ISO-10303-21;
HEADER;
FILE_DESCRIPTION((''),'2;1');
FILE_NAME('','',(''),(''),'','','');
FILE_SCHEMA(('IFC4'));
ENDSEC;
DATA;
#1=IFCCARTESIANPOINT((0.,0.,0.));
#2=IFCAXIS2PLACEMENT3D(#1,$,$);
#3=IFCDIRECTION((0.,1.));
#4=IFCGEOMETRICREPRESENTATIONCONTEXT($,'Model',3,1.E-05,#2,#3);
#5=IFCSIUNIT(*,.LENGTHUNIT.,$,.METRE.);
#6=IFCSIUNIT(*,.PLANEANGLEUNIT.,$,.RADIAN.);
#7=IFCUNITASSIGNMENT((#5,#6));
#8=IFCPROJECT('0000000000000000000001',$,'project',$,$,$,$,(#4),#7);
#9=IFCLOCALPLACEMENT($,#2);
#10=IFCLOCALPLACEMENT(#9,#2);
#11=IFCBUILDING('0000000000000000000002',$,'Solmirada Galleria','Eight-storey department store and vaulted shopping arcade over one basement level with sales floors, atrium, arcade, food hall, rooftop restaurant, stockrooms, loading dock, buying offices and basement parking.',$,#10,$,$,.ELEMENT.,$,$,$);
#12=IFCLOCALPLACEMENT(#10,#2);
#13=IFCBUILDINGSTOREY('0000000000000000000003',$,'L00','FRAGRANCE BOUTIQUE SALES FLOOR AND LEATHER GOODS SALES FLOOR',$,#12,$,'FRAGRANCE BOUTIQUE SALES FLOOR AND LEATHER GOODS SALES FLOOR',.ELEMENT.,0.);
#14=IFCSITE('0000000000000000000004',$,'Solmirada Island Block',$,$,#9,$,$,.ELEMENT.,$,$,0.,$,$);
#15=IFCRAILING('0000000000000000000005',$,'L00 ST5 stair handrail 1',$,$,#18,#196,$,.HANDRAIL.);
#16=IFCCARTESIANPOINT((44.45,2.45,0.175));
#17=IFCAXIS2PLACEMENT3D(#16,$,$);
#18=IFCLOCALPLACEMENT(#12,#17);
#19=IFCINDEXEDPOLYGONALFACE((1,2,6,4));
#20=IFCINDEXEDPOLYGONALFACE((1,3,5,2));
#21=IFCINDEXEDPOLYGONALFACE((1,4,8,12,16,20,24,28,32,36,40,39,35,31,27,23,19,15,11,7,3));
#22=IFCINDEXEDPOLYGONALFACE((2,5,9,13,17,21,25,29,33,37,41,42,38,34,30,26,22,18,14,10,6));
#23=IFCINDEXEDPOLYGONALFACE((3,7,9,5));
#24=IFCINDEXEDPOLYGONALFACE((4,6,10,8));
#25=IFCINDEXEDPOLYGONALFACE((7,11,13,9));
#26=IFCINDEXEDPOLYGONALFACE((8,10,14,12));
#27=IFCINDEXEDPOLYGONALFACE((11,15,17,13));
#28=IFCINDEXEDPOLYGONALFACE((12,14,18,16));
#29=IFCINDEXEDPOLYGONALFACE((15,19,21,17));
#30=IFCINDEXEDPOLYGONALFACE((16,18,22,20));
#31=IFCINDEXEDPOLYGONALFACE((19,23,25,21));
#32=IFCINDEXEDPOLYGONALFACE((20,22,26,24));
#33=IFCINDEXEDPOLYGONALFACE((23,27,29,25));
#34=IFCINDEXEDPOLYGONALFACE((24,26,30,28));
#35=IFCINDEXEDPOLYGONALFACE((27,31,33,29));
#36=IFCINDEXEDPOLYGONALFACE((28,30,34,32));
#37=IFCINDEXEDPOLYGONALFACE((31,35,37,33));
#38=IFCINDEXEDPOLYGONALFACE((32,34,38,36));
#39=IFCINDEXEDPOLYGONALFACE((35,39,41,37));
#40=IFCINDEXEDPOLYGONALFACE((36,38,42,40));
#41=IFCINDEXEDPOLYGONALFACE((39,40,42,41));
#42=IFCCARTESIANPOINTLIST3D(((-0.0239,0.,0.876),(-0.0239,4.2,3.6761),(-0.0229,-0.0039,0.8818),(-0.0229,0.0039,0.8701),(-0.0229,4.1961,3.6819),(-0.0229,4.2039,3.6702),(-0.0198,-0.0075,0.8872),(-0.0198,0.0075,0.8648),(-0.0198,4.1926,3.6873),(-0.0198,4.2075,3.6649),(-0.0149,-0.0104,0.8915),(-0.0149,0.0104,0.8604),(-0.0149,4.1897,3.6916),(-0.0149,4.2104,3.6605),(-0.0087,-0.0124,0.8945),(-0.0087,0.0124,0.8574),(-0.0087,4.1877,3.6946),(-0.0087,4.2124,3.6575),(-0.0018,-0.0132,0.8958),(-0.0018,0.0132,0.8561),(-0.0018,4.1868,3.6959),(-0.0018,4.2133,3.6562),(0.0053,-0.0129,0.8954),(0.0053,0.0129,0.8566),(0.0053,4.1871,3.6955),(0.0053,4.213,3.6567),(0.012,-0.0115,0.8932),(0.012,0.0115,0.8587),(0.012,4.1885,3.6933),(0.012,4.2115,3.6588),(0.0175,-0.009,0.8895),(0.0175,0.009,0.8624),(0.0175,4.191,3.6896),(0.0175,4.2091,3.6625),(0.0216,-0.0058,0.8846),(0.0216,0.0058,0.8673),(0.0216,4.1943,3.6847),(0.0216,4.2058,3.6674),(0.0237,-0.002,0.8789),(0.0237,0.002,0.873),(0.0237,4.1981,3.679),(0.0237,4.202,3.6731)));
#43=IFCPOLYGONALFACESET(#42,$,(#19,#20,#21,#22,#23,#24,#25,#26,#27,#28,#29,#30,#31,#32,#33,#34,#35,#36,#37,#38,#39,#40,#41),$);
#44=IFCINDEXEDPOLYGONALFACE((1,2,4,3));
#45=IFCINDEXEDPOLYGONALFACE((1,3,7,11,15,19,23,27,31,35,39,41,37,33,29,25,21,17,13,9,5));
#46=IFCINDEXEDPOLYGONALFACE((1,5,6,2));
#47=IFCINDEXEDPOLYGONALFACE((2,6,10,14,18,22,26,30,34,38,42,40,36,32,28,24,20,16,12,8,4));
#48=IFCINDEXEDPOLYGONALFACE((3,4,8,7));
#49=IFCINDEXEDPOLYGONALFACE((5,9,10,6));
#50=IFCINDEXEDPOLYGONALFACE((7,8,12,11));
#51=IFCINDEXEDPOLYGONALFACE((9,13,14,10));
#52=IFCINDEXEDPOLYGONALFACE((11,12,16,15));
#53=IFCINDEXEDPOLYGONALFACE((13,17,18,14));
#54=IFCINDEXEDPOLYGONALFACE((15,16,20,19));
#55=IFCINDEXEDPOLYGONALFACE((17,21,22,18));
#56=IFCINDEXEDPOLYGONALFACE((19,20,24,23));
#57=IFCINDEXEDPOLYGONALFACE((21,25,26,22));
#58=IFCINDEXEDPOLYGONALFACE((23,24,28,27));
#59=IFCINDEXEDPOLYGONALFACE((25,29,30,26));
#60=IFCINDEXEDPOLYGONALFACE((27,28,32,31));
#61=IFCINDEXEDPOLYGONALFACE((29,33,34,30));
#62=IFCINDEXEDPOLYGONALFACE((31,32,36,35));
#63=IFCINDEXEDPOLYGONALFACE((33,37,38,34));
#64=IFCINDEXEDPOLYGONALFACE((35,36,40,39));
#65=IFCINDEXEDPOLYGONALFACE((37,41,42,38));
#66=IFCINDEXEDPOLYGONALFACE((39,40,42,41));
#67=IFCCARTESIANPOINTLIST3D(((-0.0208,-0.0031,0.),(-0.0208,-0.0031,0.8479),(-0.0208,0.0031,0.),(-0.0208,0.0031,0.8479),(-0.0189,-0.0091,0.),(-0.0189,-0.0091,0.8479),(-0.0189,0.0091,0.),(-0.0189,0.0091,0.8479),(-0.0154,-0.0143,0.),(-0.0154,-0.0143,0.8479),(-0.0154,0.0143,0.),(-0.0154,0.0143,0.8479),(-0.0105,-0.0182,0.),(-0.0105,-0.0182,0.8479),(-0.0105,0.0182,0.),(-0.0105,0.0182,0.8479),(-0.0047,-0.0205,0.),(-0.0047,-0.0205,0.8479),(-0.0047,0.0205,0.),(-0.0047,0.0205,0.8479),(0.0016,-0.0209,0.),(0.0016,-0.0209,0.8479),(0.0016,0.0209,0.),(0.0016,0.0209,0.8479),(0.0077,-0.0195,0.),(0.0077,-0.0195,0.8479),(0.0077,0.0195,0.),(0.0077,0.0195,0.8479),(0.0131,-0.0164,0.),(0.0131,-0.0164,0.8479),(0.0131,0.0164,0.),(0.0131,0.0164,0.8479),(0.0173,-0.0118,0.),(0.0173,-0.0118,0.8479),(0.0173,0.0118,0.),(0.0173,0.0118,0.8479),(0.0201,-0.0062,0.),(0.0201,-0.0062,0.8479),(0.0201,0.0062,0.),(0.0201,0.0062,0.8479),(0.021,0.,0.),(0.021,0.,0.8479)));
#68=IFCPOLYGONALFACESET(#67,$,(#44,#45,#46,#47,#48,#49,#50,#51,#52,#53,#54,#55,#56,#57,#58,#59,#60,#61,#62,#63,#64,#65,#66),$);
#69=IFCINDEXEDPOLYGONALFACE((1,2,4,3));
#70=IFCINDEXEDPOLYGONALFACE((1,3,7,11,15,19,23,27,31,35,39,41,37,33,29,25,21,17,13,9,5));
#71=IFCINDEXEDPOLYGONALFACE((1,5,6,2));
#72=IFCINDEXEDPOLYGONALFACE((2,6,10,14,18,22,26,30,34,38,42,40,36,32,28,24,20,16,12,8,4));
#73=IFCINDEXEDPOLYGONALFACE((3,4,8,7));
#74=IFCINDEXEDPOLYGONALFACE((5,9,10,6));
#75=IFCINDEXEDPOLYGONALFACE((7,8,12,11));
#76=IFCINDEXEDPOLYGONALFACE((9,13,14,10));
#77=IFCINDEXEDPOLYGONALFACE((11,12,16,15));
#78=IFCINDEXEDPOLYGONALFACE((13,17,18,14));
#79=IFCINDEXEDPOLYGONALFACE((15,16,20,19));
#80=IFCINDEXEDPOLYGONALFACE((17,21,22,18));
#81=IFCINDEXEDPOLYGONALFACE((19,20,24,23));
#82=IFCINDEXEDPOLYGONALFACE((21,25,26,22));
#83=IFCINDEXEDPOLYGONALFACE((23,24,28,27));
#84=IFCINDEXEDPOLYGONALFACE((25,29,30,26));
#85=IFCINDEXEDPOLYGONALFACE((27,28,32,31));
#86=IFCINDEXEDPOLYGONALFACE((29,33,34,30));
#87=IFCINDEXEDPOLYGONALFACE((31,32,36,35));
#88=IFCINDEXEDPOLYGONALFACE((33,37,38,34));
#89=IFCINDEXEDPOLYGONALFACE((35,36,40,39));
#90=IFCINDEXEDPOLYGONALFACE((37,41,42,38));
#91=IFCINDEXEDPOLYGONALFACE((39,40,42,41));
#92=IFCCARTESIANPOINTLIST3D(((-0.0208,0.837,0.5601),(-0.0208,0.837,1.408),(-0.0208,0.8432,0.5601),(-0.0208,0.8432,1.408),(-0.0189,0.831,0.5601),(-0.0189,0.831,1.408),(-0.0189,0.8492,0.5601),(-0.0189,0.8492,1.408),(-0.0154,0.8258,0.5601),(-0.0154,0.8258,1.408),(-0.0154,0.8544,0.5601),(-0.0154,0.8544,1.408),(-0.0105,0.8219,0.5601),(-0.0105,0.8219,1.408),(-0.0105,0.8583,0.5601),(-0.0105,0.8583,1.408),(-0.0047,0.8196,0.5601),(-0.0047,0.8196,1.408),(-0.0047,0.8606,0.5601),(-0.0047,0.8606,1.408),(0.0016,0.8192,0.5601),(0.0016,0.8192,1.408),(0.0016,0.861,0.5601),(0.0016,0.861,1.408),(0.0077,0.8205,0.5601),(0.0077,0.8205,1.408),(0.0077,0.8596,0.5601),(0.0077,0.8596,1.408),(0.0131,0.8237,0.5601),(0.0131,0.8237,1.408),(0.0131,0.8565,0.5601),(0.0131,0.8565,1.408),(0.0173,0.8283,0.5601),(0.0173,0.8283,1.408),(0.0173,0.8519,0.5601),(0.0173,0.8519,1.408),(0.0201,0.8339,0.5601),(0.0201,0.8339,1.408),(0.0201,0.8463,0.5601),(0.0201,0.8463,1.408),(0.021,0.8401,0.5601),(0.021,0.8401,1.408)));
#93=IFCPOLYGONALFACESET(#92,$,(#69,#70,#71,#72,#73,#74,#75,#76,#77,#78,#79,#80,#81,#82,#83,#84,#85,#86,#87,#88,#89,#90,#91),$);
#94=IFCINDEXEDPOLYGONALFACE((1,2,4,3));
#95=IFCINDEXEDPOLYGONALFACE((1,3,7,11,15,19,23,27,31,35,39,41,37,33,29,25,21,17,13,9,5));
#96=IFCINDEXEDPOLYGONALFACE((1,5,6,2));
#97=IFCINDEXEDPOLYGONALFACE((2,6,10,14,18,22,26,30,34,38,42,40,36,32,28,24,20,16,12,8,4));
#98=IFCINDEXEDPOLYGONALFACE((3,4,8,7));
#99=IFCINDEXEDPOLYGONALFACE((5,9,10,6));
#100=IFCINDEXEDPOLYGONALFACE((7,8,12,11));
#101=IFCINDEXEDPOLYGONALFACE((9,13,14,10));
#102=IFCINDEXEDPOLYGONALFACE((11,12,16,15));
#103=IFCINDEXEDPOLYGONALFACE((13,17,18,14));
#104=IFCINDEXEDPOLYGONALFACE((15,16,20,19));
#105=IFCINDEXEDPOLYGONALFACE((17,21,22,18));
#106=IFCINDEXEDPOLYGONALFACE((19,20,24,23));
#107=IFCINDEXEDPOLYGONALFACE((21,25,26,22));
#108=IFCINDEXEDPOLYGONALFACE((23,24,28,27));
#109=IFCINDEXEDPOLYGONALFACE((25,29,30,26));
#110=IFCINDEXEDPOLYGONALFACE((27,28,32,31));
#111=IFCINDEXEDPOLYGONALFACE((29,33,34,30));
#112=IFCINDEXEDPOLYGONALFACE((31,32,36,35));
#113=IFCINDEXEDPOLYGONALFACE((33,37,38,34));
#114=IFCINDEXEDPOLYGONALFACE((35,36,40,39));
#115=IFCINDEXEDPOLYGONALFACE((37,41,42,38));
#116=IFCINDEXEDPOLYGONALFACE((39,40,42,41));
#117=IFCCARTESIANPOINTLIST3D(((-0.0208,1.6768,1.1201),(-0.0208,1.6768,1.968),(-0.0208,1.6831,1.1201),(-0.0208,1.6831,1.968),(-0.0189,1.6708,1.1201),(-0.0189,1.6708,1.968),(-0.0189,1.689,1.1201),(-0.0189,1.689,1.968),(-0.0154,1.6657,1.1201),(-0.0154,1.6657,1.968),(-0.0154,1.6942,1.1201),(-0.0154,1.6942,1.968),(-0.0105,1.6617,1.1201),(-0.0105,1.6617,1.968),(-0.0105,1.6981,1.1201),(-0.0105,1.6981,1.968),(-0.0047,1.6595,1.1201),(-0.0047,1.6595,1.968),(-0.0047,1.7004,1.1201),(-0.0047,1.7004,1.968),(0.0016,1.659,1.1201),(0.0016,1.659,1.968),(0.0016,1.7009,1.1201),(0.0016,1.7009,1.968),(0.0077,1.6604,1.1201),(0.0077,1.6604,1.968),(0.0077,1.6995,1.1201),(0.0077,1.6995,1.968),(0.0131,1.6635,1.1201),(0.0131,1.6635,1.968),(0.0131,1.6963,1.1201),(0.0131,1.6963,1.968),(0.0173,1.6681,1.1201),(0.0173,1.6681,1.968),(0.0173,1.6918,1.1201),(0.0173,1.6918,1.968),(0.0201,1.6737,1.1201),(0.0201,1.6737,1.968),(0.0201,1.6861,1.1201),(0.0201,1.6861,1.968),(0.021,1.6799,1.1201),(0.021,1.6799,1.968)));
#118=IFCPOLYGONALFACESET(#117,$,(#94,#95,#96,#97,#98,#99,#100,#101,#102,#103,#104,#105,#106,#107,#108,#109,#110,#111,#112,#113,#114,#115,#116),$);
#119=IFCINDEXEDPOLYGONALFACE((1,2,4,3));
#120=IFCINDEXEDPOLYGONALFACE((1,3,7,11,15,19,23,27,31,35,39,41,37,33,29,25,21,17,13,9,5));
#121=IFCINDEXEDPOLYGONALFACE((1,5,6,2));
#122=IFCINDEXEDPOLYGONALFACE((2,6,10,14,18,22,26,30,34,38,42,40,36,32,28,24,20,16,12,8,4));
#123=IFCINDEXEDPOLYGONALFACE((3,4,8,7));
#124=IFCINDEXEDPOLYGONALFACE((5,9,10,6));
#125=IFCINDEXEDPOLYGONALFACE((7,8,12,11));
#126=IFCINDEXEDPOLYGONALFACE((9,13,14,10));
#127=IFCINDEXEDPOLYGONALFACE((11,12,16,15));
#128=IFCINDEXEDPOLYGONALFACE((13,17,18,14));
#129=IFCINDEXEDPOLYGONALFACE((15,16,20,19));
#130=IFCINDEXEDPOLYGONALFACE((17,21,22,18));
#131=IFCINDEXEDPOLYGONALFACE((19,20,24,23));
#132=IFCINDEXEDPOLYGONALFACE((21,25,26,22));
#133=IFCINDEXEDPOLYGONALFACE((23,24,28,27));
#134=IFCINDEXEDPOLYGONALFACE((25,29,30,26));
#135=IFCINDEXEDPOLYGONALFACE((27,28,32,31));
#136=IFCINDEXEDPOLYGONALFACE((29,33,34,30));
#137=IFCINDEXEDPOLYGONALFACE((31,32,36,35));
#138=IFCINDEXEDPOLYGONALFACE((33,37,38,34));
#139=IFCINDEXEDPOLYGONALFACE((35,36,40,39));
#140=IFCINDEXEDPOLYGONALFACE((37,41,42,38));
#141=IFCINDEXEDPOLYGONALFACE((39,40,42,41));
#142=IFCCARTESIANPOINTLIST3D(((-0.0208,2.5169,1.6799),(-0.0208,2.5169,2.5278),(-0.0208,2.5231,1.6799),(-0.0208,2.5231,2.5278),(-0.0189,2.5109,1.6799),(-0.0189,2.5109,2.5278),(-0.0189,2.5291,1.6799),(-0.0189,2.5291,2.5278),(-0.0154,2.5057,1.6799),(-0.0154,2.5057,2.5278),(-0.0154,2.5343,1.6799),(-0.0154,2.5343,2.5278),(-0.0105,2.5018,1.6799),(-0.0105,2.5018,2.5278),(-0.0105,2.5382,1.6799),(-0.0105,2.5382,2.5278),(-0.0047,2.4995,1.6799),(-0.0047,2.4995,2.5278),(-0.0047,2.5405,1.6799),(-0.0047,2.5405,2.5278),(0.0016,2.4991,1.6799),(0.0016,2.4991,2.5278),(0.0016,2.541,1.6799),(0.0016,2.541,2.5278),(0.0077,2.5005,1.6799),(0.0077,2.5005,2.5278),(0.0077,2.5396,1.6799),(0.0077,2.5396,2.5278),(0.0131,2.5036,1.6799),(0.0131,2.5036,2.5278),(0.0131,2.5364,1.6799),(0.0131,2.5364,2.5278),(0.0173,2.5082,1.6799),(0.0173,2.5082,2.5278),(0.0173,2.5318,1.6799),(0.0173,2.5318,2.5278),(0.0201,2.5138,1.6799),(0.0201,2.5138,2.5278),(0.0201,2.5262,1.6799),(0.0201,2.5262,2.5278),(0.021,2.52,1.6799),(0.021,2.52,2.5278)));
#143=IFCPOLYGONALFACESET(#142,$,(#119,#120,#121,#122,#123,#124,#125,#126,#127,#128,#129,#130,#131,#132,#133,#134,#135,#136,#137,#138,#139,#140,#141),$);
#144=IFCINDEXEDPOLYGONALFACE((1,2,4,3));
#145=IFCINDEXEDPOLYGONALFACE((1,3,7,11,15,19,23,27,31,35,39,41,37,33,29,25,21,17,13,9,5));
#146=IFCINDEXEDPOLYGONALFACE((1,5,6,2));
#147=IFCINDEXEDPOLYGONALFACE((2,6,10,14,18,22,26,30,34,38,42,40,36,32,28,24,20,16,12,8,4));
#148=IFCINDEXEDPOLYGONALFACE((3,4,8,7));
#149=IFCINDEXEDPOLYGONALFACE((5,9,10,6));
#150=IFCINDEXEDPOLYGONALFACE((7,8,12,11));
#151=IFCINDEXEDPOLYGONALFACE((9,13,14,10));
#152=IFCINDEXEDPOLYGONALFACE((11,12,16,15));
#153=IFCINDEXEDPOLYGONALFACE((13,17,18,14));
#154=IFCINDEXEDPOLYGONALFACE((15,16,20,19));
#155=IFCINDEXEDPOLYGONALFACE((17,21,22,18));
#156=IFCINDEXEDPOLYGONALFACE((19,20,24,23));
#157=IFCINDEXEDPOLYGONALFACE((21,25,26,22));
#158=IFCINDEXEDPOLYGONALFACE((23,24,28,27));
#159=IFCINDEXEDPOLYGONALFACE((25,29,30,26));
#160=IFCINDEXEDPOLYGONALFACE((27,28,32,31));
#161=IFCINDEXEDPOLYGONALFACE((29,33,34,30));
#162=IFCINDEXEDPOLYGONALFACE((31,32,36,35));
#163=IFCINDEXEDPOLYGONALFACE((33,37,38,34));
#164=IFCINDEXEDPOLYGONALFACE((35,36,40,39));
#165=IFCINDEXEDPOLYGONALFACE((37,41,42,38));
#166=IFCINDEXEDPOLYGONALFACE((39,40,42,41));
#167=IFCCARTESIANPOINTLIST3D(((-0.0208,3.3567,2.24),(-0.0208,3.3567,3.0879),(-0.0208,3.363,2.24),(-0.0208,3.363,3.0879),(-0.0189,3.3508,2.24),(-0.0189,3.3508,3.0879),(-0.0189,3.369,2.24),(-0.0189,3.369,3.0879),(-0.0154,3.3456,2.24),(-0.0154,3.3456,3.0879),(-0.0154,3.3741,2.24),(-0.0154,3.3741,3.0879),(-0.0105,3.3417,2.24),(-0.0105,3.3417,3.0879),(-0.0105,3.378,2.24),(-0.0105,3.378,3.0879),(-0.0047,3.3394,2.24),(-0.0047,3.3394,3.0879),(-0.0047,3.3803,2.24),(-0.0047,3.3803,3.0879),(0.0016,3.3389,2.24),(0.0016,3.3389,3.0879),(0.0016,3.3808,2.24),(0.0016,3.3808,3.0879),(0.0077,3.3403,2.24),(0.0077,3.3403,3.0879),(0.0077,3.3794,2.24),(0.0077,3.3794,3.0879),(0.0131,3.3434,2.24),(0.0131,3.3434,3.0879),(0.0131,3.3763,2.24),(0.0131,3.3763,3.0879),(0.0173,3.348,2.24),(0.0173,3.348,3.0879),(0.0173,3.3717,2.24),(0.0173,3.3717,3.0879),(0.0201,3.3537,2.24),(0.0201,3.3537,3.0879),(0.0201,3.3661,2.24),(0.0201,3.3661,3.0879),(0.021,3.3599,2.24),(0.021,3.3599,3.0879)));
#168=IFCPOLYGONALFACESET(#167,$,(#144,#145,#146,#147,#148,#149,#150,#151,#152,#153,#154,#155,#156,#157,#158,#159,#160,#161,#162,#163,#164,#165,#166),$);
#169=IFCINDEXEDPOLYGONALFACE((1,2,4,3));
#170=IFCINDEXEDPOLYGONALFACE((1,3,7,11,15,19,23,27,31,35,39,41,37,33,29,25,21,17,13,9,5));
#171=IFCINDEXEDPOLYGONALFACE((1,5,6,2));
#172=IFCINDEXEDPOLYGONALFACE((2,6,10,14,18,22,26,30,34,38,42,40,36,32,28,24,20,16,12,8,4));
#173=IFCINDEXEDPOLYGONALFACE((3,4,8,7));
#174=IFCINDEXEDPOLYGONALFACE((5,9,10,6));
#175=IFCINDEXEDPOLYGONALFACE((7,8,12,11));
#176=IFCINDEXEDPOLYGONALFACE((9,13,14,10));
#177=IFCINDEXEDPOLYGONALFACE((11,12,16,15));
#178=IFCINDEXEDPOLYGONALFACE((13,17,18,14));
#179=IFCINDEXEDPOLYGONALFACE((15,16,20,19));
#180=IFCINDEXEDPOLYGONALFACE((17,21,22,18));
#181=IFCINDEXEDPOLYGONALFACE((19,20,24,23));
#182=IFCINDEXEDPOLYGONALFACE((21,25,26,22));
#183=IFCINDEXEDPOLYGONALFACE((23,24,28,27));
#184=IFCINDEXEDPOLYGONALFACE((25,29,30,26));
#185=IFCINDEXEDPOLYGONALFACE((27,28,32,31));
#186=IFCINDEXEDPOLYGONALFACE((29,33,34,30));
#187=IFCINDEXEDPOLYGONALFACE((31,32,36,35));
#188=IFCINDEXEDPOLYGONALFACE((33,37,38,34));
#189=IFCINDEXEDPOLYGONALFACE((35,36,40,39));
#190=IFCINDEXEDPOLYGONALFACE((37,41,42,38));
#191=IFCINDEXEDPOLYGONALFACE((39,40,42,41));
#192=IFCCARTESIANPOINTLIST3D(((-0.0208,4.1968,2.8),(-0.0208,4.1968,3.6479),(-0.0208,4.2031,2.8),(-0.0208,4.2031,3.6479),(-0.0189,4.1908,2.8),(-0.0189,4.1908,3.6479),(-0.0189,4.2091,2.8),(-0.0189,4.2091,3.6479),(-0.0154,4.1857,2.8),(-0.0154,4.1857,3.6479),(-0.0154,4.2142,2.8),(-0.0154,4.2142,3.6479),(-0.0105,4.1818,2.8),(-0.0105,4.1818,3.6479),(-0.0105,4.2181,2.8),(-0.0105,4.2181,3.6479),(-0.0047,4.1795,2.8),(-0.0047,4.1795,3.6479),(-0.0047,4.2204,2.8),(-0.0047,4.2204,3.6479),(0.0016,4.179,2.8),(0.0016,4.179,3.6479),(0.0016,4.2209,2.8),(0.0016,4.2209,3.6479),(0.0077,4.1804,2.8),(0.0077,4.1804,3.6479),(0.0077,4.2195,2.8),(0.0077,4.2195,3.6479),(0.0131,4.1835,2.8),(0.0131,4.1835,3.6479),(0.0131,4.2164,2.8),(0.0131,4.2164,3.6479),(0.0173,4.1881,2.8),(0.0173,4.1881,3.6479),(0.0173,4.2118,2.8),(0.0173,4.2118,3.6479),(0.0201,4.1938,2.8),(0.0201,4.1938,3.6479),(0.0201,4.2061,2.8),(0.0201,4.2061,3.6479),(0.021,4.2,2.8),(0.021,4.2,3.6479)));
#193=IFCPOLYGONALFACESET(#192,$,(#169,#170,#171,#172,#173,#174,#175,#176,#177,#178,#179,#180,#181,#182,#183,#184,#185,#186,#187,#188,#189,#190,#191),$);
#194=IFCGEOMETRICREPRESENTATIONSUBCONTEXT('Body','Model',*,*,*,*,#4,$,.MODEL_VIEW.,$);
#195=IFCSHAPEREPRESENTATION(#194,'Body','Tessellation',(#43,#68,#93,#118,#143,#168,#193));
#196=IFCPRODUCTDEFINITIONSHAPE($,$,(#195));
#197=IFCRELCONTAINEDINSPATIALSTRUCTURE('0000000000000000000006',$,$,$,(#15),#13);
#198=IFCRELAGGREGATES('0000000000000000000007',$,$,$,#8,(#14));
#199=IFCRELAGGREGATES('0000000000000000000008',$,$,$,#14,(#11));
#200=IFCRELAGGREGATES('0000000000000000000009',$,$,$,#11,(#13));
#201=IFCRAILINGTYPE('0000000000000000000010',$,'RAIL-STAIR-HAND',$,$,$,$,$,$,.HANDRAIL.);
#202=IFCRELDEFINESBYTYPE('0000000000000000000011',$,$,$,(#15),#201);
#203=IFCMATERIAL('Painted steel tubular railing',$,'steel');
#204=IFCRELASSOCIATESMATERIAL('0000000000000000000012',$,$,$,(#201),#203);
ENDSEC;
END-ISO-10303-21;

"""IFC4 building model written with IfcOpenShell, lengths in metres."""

from ifc_helpers import new_model, si_unit, direction, frame, origin, origin_2d, place, context, subcontext, project, spatial, circle, extrude, material, type_object, element, save


model = new_model("IFC4")

# Units and contexts
model_context = context("Model", 3, precision=1e-05, world=origin(), true_north=direction((0.0, 1.0)))
body_context = subcontext(model_context, "Body", "Model", "MODEL_VIEW")
ifc_project = project(units=[si_unit("LENGTHUNIT", "METRE"), si_unit("PLANEANGLEUNIT", "RADIAN")], contexts=[model_context])

# Site, building, storey
site_placement = place(None, origin())
site = spatial("IfcSite", under=ifc_project, at=site_placement, Name="Solmirada Island Block", CompositionType="ELEMENT", RefElevation=0.0)
building_placement = place(site_placement, origin())
building = spatial("IfcBuilding", under=site, at=building_placement, Name="Solmirada Galleria", Description="Eight-storey department store and vaulted shopping arcade over one basement level with sales floors, atrium, arcade, food hall, rooftop restaurant, stockrooms, loading dock, buying offices and basement parking.", CompositionType="ELEMENT")
storey_placement = place(building_placement, origin())
storey = spatial("IfcBuildingStorey", under=building, at=storey_placement, Name="L00", Description="FRAGRANCE BOUTIQUE SALES FLOOR AND LEATHER GOODS SALES FLOOR", LongName="FRAGRANCE BOUTIQUE SALES FLOOR AND LEATHER GOODS SALES FLOOR", CompositionType="ELEMENT", Elevation=0.0)

# Railing
ifc_material_1 = material(Name="Painted steel tubular railing", Category="steel")
railing_type_1 = type_object("IfcRailingType", Name="RAIL-STAIR-HAND", PredefinedType="HANDRAIL", material=ifc_material_1)
railing_1_placement = place(storey_placement, frame((44.45, 2.45, 0.175)))
element("IfcRailing", 1, at=railing_1_placement, inside=storey, type_object=railing_type_1, Name="L00 ST5 stair handrail 1", PredefinedType="HANDRAIL", context=body_context, shape_type="SweptSolid", body=[
    extrude(circle(Radius=0.0239, at=origin_2d()), frame((0.0, 0.0, 0.876), z_axis=(0.0, 0.832043, 0.554711), x_axis=(-1.0, 0.0, 0.0)), (0.0, 0.0, 1.0), 5.0479),
    extrude(circle(Radius=0.021, at=origin_2d()), origin(), (0.0, 0.0, 1.0), 0.8479),
    extrude(circle(Radius=0.021, at=origin_2d()), frame((0.0, 0.8401, 0.5601)), (0.0, 0.0, 1.0), 0.8479),
    extrude(circle(Radius=0.021, at=origin_2d()), frame((0.0, 1.6799, 1.1201)), (0.0, 0.0, 1.0), 0.8479),
    extrude(circle(Radius=0.021, at=origin_2d()), frame((0.0, 2.52, 1.6799)), (0.0, 0.0, 1.0), 0.8479),
    extrude(circle(Radius=0.021, at=origin_2d()), frame((0.0, 3.3599, 2.24)), (0.0, 0.0, 1.0), 0.8479),
    extrude(circle(Radius=0.021, at=origin_2d()), frame((0.0, 4.2, 2.8)), (0.0, 0.0, 1.0), 0.8479),
])

save(model, "model.ifc")
